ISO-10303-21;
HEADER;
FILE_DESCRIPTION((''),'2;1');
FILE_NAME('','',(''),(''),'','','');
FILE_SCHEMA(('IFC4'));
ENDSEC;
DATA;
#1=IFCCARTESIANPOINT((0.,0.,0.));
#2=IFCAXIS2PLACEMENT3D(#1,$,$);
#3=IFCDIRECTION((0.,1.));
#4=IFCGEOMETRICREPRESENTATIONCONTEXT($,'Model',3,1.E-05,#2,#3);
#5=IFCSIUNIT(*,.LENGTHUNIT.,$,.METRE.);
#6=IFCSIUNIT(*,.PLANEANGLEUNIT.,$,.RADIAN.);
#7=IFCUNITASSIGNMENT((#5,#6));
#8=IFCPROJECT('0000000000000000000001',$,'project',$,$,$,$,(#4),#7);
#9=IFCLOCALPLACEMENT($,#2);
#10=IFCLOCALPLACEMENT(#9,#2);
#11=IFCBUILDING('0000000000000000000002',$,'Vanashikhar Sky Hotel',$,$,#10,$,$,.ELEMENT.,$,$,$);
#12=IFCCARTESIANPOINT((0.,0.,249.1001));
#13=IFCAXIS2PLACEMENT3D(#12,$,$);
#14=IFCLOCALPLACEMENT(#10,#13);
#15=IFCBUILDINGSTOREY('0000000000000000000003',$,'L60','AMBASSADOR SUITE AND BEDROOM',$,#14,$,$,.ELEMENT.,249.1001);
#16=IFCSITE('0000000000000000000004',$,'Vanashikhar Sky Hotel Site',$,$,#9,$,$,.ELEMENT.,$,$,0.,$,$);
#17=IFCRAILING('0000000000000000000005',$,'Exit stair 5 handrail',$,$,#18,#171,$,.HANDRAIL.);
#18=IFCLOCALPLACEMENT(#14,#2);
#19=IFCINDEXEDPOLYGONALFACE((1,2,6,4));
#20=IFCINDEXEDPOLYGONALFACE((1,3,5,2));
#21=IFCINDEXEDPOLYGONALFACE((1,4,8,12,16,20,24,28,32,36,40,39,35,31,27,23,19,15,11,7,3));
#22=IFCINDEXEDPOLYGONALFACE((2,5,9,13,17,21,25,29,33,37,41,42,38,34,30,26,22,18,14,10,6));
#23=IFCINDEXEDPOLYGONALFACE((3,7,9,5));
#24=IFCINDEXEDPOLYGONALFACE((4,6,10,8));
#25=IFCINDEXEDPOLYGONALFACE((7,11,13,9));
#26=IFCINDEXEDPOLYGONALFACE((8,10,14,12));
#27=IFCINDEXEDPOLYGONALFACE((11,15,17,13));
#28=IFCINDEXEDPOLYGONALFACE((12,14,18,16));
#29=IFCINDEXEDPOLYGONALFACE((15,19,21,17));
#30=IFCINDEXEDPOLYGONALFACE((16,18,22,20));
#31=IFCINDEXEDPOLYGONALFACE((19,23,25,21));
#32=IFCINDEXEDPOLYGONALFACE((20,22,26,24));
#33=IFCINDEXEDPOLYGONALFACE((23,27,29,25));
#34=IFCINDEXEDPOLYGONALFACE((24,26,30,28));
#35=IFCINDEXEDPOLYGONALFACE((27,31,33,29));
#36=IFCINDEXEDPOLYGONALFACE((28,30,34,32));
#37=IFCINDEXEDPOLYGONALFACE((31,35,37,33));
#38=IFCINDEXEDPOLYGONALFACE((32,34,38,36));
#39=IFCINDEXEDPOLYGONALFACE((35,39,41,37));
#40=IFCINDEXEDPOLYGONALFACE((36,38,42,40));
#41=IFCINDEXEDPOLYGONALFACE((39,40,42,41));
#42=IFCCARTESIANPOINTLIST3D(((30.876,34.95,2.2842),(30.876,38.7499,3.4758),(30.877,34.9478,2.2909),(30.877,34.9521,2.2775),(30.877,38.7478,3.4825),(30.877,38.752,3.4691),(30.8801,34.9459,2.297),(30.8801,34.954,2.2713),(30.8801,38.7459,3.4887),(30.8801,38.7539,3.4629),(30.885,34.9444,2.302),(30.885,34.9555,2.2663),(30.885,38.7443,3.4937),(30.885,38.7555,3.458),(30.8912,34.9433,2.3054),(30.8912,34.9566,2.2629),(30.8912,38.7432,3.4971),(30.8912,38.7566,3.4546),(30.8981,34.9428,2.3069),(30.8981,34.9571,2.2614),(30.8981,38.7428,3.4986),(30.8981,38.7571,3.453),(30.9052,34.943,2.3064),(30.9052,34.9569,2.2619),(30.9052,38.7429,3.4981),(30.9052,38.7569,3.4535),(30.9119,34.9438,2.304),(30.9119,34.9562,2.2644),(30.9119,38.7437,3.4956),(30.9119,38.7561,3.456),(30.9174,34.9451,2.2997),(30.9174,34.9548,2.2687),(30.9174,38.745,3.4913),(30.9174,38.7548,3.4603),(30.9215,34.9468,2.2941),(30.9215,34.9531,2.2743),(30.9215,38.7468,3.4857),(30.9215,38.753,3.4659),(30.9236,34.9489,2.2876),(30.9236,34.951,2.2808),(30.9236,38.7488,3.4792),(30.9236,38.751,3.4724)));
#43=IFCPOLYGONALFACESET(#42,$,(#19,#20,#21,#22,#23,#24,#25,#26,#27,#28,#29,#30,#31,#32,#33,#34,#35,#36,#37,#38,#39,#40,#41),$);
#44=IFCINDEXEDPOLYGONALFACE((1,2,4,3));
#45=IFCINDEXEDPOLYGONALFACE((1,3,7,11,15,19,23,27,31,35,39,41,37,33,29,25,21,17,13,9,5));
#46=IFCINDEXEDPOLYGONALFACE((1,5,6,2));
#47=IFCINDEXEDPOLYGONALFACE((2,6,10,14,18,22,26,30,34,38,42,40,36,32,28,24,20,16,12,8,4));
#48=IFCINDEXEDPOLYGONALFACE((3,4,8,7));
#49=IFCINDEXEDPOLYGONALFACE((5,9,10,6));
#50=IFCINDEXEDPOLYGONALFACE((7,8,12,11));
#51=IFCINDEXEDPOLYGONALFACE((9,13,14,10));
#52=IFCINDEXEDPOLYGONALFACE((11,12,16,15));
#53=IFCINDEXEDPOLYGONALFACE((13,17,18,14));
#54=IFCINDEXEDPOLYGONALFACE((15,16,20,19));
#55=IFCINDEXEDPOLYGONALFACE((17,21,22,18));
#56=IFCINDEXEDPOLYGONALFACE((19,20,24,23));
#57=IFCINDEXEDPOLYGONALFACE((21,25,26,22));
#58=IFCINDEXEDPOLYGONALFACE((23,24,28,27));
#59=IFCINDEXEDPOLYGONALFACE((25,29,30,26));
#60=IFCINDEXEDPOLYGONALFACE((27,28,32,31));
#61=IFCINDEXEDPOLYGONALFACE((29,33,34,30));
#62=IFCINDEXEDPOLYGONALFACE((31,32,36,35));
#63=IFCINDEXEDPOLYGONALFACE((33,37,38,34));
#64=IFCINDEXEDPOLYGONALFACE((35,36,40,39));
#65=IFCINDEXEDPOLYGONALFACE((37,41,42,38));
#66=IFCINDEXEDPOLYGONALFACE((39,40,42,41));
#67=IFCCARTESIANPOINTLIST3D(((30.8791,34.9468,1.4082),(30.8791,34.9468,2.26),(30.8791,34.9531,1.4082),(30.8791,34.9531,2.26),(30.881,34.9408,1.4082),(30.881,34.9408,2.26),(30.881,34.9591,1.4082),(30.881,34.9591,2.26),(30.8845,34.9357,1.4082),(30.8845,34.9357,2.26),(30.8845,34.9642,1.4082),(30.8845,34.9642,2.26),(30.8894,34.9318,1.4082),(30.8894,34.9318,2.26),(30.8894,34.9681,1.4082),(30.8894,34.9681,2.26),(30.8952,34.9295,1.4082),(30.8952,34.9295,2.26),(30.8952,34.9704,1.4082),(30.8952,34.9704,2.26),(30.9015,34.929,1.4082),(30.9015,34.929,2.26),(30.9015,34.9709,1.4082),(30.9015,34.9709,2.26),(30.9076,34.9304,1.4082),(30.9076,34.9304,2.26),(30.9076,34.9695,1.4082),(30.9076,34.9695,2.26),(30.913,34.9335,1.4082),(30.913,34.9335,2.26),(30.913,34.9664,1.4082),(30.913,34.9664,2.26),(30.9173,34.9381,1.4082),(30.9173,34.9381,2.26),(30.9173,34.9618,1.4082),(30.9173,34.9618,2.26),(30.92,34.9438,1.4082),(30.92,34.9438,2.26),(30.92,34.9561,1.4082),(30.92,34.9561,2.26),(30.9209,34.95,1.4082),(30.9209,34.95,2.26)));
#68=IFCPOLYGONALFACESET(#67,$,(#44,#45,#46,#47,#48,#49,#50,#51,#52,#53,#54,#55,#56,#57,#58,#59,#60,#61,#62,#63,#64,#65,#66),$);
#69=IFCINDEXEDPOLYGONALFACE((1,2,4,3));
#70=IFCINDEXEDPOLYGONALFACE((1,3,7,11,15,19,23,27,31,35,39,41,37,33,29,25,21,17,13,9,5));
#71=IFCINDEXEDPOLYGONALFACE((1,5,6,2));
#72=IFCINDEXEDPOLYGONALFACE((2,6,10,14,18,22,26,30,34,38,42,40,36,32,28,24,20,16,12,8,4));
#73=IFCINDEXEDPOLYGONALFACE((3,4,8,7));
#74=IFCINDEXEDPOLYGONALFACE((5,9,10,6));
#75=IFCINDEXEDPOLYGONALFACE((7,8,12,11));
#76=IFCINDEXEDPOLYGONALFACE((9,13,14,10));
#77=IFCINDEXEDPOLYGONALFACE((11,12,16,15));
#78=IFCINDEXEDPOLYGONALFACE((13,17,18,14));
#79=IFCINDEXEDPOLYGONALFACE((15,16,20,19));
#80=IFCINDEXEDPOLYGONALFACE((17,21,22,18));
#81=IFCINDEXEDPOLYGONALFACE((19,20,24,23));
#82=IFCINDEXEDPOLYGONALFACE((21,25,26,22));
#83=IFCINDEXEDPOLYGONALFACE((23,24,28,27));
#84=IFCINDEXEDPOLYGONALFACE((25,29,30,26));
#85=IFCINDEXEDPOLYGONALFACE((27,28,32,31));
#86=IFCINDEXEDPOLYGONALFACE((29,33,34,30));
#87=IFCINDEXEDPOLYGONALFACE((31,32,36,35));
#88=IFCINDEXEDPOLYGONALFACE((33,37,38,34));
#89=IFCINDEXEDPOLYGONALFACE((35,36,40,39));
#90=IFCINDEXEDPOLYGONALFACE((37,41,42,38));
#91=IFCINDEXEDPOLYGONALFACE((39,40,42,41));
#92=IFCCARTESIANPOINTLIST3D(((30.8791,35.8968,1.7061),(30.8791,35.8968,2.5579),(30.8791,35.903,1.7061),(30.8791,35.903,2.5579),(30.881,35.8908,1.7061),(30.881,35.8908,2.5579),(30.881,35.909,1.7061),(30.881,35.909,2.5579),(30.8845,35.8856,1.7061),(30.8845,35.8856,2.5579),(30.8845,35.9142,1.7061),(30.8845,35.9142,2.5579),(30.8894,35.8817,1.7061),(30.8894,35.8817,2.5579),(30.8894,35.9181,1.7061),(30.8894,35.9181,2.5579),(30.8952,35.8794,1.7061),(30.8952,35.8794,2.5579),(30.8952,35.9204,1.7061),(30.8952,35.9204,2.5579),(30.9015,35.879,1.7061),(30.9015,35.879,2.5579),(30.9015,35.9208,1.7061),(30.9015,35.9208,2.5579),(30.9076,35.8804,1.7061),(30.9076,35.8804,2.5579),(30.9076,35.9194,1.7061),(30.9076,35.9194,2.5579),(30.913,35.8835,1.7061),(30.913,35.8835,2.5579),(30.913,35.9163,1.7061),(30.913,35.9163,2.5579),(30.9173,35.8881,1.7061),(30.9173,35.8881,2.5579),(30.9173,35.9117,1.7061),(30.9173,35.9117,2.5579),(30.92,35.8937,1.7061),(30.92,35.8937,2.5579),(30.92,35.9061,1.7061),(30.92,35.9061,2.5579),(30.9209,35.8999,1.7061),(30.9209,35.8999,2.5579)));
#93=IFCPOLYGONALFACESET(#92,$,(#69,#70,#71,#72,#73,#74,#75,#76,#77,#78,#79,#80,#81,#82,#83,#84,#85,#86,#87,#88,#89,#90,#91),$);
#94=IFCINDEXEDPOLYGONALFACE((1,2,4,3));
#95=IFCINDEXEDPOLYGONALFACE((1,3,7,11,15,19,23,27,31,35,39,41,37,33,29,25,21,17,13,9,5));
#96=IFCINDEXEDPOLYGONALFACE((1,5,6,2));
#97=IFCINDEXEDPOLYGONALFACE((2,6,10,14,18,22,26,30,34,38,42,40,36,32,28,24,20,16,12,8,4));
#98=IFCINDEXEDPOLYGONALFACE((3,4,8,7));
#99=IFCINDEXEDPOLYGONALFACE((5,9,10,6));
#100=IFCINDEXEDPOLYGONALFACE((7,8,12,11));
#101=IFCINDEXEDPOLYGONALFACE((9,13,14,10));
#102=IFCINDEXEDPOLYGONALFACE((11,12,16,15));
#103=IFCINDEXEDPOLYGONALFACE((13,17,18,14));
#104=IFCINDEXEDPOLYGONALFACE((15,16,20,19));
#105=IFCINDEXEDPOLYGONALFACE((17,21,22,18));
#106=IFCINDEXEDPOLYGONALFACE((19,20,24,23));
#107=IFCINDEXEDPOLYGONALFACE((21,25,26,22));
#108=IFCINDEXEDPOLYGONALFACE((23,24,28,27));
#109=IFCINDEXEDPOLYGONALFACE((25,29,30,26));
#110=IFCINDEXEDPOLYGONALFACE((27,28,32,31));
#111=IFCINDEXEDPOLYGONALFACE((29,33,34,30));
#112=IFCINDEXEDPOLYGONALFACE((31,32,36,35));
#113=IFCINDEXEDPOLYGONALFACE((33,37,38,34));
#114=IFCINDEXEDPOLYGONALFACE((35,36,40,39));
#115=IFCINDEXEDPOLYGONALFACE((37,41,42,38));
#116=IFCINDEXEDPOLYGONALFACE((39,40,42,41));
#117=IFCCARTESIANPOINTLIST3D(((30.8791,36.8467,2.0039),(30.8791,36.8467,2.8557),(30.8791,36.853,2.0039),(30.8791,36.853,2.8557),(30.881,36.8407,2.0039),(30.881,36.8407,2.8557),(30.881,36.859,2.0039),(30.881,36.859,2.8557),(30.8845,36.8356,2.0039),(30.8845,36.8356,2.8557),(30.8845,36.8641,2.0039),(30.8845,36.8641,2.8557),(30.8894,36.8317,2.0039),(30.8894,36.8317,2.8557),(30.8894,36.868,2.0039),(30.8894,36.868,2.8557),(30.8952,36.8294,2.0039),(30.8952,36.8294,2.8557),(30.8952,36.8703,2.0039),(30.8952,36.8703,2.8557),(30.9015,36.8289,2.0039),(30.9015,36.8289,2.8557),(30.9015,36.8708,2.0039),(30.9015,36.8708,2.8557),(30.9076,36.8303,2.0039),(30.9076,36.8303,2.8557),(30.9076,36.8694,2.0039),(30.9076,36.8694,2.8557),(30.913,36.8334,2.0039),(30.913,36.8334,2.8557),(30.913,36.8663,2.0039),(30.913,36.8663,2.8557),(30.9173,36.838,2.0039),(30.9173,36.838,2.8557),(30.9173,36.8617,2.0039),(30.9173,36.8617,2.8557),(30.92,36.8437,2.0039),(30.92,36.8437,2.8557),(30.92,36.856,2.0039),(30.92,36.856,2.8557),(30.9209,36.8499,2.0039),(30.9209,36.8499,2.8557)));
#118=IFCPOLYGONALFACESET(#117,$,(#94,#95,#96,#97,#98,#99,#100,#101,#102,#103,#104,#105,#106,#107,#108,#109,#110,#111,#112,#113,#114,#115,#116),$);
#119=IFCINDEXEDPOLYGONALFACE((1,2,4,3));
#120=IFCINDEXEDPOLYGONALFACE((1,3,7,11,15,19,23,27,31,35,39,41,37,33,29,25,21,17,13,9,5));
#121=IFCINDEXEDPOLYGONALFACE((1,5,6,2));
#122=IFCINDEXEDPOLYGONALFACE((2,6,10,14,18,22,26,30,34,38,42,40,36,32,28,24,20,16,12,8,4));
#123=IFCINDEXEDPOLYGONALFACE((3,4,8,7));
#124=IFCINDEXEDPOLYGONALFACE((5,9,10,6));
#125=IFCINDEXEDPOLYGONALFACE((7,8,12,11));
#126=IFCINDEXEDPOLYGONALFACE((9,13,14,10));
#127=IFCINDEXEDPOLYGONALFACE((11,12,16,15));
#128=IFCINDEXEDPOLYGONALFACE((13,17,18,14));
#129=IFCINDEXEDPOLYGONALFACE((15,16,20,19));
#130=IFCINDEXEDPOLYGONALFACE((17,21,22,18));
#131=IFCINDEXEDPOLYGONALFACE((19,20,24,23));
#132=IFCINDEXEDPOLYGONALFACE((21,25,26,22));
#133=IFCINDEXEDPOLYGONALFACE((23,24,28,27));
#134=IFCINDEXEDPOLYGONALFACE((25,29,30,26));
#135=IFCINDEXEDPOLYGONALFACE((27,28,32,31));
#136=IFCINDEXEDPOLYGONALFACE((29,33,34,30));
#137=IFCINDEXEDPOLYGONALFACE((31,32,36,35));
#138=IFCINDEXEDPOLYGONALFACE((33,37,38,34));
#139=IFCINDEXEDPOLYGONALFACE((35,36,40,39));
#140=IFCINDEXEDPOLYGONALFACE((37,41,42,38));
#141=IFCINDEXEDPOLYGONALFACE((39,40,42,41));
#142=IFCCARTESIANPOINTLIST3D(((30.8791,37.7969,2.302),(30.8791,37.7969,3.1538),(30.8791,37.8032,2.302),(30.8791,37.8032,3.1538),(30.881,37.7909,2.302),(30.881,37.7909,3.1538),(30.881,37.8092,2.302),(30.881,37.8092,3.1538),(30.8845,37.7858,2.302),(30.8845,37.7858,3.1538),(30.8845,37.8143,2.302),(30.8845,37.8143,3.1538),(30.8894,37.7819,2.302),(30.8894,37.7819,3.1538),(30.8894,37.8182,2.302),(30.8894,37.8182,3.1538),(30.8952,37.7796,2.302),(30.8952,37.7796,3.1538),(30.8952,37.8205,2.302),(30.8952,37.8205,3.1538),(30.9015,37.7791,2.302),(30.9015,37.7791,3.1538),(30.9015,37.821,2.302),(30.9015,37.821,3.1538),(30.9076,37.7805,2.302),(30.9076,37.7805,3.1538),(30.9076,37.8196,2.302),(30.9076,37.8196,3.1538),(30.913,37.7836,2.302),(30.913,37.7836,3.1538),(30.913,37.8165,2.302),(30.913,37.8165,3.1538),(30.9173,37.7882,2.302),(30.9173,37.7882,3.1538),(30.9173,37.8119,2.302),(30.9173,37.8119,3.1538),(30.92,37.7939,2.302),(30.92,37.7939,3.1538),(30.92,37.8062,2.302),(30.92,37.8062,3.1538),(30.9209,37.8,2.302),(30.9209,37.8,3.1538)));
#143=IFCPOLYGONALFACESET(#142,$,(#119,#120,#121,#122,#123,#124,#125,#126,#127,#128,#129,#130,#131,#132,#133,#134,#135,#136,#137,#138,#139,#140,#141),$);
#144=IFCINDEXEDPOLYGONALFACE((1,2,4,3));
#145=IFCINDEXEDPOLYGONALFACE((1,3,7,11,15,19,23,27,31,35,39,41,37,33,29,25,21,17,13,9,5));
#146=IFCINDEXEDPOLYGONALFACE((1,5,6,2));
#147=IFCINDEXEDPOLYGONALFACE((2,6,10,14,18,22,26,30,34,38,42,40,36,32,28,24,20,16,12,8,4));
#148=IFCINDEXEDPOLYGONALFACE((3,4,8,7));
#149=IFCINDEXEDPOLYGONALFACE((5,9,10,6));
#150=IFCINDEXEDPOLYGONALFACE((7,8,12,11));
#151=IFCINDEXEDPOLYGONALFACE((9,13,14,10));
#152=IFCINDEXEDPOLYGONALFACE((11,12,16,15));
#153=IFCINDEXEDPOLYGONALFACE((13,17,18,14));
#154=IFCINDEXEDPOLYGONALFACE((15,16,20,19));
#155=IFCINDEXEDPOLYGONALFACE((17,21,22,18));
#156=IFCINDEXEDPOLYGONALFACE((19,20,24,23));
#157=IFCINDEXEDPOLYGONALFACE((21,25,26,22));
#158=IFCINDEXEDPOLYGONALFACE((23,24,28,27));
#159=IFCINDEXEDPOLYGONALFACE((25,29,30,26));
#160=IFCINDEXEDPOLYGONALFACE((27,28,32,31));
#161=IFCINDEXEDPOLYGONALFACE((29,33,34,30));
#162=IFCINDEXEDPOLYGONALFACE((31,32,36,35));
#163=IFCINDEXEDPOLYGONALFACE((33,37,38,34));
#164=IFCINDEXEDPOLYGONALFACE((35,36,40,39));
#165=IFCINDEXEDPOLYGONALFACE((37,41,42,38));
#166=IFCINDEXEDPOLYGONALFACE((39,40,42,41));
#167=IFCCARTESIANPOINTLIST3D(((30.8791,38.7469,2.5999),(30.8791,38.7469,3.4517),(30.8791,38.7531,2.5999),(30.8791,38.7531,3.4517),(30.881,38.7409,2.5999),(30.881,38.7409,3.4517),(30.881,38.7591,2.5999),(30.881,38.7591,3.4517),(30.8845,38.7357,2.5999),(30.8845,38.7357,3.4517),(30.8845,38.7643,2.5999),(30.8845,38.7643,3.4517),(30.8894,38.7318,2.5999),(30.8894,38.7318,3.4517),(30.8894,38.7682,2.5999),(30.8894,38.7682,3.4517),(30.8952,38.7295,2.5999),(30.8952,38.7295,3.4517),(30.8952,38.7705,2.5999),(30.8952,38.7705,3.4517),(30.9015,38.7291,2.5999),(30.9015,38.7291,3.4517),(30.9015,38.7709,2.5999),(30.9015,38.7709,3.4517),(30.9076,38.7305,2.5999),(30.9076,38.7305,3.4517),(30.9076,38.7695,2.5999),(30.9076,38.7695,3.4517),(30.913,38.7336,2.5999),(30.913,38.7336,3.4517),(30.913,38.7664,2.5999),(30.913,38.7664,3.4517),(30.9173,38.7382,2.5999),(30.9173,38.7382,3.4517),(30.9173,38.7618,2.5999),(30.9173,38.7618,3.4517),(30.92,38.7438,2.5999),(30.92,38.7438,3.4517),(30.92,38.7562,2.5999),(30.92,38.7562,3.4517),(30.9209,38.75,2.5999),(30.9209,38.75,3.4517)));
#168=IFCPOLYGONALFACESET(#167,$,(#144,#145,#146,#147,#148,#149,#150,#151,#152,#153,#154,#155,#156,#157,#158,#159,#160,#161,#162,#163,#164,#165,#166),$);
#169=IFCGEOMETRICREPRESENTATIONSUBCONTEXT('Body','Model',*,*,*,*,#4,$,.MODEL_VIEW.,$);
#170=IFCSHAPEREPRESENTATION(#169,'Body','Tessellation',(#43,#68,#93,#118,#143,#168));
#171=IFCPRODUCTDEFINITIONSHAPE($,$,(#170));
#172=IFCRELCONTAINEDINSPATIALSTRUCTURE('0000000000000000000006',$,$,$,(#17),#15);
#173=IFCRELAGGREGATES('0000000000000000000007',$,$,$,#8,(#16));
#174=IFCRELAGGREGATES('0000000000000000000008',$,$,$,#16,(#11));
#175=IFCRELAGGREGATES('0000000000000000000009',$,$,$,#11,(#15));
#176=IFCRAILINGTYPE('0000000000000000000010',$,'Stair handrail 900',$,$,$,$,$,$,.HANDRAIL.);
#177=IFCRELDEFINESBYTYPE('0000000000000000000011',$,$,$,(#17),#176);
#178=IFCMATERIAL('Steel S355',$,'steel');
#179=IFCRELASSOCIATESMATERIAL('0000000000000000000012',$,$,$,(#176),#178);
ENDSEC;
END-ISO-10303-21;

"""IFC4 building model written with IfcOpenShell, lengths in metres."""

from ifc_helpers import new_model, si_unit, direction, frame, origin, origin_2d, place, context, subcontext, project, spatial, circle, extrude, source, transform, mapped, material, type_object, element, save


model = new_model("IFC4")

# Units and contexts
model_context = context("Model", 3, precision=1e-05, world=origin(), true_north=direction((0.0, 1.0)))
body_context = subcontext(model_context, "Body", "Model", "MODEL_VIEW")
ifc_project = project(units=[si_unit("LENGTHUNIT", "METRE"), si_unit("PLANEANGLEUNIT", "RADIAN")], contexts=[model_context])

# Site, building, storey
site_placement = place(None, origin())
site = spatial("IfcSite", under=ifc_project, at=site_placement, Name="Vanashikhar Sky Hotel Site", CompositionType="ELEMENT", RefElevation=0.0)
building_placement = place(site_placement, origin())
building = spatial("IfcBuilding", under=site, at=building_placement, Name="Vanashikhar Sky Hotel", CompositionType="ELEMENT")
storey_placement = place(building_placement, frame((0.0, 0.0, 249.1001)))
storey = spatial("IfcBuildingStorey", under=building, at=storey_placement, Name="L60", Description="AMBASSADOR SUITE AND BEDROOM", CompositionType="ELEMENT", Elevation=249.1001)

# Railing
ifc_material_1 = material(Name="Steel S355", Category="steel")
railing_type_1 = type_object("IfcRailingType", Name="Stair handrail 900", PredefinedType="HANDRAIL", material=ifc_material_1)
shared_shape_1 = source(origin(), body_context, "Body", "SweptSolid", [
    extrude(circle(Radius=0.0239, at=origin_2d()), frame((0.0, 0.0, 0.876), z_axis=(0.0, 0.954184, 0.299221), x_axis=(-1.0, 0.0, 0.0)), (0.0, 0.0, 1.0), 3.9824),
    extrude(circle(Radius=0.021, at=origin_2d()), origin(), (0.0, 0.0, 1.0), 0.8518),
    extrude(circle(Radius=0.021, at=origin_2d()), frame((0.0, 0.95, 0.2979)), (0.0, 0.0, 1.0), 0.8518),
    extrude(circle(Radius=0.021, at=origin_2d()), frame((0.0, 1.8999, 0.5957)), (0.0, 0.0, 1.0), 0.8518),
    extrude(circle(Radius=0.021, at=origin_2d()), frame((0.0, 2.8501, 0.8938)), (0.0, 0.0, 1.0), 0.8518),
    extrude(circle(Radius=0.021, at=origin_2d()), frame((0.0, 3.8, 1.1917)), (0.0, 0.0, 1.0), 0.8518),
])
railing_placement = place(storey_placement, frame((30.8999, 34.95, 1.4082)))
element("IfcRailing", 1, at=railing_placement, inside=storey, type_object=railing_type_1, Name="Exit stair 5 handrail", PredefinedType="HANDRAIL", context=body_context, shape_type="MappedRepresentation", body=[
    mapped(shared_shape_1, transform((0.0, 0.0, 0.0), scale=1.0)),
])

save(model, "model.ifc")
